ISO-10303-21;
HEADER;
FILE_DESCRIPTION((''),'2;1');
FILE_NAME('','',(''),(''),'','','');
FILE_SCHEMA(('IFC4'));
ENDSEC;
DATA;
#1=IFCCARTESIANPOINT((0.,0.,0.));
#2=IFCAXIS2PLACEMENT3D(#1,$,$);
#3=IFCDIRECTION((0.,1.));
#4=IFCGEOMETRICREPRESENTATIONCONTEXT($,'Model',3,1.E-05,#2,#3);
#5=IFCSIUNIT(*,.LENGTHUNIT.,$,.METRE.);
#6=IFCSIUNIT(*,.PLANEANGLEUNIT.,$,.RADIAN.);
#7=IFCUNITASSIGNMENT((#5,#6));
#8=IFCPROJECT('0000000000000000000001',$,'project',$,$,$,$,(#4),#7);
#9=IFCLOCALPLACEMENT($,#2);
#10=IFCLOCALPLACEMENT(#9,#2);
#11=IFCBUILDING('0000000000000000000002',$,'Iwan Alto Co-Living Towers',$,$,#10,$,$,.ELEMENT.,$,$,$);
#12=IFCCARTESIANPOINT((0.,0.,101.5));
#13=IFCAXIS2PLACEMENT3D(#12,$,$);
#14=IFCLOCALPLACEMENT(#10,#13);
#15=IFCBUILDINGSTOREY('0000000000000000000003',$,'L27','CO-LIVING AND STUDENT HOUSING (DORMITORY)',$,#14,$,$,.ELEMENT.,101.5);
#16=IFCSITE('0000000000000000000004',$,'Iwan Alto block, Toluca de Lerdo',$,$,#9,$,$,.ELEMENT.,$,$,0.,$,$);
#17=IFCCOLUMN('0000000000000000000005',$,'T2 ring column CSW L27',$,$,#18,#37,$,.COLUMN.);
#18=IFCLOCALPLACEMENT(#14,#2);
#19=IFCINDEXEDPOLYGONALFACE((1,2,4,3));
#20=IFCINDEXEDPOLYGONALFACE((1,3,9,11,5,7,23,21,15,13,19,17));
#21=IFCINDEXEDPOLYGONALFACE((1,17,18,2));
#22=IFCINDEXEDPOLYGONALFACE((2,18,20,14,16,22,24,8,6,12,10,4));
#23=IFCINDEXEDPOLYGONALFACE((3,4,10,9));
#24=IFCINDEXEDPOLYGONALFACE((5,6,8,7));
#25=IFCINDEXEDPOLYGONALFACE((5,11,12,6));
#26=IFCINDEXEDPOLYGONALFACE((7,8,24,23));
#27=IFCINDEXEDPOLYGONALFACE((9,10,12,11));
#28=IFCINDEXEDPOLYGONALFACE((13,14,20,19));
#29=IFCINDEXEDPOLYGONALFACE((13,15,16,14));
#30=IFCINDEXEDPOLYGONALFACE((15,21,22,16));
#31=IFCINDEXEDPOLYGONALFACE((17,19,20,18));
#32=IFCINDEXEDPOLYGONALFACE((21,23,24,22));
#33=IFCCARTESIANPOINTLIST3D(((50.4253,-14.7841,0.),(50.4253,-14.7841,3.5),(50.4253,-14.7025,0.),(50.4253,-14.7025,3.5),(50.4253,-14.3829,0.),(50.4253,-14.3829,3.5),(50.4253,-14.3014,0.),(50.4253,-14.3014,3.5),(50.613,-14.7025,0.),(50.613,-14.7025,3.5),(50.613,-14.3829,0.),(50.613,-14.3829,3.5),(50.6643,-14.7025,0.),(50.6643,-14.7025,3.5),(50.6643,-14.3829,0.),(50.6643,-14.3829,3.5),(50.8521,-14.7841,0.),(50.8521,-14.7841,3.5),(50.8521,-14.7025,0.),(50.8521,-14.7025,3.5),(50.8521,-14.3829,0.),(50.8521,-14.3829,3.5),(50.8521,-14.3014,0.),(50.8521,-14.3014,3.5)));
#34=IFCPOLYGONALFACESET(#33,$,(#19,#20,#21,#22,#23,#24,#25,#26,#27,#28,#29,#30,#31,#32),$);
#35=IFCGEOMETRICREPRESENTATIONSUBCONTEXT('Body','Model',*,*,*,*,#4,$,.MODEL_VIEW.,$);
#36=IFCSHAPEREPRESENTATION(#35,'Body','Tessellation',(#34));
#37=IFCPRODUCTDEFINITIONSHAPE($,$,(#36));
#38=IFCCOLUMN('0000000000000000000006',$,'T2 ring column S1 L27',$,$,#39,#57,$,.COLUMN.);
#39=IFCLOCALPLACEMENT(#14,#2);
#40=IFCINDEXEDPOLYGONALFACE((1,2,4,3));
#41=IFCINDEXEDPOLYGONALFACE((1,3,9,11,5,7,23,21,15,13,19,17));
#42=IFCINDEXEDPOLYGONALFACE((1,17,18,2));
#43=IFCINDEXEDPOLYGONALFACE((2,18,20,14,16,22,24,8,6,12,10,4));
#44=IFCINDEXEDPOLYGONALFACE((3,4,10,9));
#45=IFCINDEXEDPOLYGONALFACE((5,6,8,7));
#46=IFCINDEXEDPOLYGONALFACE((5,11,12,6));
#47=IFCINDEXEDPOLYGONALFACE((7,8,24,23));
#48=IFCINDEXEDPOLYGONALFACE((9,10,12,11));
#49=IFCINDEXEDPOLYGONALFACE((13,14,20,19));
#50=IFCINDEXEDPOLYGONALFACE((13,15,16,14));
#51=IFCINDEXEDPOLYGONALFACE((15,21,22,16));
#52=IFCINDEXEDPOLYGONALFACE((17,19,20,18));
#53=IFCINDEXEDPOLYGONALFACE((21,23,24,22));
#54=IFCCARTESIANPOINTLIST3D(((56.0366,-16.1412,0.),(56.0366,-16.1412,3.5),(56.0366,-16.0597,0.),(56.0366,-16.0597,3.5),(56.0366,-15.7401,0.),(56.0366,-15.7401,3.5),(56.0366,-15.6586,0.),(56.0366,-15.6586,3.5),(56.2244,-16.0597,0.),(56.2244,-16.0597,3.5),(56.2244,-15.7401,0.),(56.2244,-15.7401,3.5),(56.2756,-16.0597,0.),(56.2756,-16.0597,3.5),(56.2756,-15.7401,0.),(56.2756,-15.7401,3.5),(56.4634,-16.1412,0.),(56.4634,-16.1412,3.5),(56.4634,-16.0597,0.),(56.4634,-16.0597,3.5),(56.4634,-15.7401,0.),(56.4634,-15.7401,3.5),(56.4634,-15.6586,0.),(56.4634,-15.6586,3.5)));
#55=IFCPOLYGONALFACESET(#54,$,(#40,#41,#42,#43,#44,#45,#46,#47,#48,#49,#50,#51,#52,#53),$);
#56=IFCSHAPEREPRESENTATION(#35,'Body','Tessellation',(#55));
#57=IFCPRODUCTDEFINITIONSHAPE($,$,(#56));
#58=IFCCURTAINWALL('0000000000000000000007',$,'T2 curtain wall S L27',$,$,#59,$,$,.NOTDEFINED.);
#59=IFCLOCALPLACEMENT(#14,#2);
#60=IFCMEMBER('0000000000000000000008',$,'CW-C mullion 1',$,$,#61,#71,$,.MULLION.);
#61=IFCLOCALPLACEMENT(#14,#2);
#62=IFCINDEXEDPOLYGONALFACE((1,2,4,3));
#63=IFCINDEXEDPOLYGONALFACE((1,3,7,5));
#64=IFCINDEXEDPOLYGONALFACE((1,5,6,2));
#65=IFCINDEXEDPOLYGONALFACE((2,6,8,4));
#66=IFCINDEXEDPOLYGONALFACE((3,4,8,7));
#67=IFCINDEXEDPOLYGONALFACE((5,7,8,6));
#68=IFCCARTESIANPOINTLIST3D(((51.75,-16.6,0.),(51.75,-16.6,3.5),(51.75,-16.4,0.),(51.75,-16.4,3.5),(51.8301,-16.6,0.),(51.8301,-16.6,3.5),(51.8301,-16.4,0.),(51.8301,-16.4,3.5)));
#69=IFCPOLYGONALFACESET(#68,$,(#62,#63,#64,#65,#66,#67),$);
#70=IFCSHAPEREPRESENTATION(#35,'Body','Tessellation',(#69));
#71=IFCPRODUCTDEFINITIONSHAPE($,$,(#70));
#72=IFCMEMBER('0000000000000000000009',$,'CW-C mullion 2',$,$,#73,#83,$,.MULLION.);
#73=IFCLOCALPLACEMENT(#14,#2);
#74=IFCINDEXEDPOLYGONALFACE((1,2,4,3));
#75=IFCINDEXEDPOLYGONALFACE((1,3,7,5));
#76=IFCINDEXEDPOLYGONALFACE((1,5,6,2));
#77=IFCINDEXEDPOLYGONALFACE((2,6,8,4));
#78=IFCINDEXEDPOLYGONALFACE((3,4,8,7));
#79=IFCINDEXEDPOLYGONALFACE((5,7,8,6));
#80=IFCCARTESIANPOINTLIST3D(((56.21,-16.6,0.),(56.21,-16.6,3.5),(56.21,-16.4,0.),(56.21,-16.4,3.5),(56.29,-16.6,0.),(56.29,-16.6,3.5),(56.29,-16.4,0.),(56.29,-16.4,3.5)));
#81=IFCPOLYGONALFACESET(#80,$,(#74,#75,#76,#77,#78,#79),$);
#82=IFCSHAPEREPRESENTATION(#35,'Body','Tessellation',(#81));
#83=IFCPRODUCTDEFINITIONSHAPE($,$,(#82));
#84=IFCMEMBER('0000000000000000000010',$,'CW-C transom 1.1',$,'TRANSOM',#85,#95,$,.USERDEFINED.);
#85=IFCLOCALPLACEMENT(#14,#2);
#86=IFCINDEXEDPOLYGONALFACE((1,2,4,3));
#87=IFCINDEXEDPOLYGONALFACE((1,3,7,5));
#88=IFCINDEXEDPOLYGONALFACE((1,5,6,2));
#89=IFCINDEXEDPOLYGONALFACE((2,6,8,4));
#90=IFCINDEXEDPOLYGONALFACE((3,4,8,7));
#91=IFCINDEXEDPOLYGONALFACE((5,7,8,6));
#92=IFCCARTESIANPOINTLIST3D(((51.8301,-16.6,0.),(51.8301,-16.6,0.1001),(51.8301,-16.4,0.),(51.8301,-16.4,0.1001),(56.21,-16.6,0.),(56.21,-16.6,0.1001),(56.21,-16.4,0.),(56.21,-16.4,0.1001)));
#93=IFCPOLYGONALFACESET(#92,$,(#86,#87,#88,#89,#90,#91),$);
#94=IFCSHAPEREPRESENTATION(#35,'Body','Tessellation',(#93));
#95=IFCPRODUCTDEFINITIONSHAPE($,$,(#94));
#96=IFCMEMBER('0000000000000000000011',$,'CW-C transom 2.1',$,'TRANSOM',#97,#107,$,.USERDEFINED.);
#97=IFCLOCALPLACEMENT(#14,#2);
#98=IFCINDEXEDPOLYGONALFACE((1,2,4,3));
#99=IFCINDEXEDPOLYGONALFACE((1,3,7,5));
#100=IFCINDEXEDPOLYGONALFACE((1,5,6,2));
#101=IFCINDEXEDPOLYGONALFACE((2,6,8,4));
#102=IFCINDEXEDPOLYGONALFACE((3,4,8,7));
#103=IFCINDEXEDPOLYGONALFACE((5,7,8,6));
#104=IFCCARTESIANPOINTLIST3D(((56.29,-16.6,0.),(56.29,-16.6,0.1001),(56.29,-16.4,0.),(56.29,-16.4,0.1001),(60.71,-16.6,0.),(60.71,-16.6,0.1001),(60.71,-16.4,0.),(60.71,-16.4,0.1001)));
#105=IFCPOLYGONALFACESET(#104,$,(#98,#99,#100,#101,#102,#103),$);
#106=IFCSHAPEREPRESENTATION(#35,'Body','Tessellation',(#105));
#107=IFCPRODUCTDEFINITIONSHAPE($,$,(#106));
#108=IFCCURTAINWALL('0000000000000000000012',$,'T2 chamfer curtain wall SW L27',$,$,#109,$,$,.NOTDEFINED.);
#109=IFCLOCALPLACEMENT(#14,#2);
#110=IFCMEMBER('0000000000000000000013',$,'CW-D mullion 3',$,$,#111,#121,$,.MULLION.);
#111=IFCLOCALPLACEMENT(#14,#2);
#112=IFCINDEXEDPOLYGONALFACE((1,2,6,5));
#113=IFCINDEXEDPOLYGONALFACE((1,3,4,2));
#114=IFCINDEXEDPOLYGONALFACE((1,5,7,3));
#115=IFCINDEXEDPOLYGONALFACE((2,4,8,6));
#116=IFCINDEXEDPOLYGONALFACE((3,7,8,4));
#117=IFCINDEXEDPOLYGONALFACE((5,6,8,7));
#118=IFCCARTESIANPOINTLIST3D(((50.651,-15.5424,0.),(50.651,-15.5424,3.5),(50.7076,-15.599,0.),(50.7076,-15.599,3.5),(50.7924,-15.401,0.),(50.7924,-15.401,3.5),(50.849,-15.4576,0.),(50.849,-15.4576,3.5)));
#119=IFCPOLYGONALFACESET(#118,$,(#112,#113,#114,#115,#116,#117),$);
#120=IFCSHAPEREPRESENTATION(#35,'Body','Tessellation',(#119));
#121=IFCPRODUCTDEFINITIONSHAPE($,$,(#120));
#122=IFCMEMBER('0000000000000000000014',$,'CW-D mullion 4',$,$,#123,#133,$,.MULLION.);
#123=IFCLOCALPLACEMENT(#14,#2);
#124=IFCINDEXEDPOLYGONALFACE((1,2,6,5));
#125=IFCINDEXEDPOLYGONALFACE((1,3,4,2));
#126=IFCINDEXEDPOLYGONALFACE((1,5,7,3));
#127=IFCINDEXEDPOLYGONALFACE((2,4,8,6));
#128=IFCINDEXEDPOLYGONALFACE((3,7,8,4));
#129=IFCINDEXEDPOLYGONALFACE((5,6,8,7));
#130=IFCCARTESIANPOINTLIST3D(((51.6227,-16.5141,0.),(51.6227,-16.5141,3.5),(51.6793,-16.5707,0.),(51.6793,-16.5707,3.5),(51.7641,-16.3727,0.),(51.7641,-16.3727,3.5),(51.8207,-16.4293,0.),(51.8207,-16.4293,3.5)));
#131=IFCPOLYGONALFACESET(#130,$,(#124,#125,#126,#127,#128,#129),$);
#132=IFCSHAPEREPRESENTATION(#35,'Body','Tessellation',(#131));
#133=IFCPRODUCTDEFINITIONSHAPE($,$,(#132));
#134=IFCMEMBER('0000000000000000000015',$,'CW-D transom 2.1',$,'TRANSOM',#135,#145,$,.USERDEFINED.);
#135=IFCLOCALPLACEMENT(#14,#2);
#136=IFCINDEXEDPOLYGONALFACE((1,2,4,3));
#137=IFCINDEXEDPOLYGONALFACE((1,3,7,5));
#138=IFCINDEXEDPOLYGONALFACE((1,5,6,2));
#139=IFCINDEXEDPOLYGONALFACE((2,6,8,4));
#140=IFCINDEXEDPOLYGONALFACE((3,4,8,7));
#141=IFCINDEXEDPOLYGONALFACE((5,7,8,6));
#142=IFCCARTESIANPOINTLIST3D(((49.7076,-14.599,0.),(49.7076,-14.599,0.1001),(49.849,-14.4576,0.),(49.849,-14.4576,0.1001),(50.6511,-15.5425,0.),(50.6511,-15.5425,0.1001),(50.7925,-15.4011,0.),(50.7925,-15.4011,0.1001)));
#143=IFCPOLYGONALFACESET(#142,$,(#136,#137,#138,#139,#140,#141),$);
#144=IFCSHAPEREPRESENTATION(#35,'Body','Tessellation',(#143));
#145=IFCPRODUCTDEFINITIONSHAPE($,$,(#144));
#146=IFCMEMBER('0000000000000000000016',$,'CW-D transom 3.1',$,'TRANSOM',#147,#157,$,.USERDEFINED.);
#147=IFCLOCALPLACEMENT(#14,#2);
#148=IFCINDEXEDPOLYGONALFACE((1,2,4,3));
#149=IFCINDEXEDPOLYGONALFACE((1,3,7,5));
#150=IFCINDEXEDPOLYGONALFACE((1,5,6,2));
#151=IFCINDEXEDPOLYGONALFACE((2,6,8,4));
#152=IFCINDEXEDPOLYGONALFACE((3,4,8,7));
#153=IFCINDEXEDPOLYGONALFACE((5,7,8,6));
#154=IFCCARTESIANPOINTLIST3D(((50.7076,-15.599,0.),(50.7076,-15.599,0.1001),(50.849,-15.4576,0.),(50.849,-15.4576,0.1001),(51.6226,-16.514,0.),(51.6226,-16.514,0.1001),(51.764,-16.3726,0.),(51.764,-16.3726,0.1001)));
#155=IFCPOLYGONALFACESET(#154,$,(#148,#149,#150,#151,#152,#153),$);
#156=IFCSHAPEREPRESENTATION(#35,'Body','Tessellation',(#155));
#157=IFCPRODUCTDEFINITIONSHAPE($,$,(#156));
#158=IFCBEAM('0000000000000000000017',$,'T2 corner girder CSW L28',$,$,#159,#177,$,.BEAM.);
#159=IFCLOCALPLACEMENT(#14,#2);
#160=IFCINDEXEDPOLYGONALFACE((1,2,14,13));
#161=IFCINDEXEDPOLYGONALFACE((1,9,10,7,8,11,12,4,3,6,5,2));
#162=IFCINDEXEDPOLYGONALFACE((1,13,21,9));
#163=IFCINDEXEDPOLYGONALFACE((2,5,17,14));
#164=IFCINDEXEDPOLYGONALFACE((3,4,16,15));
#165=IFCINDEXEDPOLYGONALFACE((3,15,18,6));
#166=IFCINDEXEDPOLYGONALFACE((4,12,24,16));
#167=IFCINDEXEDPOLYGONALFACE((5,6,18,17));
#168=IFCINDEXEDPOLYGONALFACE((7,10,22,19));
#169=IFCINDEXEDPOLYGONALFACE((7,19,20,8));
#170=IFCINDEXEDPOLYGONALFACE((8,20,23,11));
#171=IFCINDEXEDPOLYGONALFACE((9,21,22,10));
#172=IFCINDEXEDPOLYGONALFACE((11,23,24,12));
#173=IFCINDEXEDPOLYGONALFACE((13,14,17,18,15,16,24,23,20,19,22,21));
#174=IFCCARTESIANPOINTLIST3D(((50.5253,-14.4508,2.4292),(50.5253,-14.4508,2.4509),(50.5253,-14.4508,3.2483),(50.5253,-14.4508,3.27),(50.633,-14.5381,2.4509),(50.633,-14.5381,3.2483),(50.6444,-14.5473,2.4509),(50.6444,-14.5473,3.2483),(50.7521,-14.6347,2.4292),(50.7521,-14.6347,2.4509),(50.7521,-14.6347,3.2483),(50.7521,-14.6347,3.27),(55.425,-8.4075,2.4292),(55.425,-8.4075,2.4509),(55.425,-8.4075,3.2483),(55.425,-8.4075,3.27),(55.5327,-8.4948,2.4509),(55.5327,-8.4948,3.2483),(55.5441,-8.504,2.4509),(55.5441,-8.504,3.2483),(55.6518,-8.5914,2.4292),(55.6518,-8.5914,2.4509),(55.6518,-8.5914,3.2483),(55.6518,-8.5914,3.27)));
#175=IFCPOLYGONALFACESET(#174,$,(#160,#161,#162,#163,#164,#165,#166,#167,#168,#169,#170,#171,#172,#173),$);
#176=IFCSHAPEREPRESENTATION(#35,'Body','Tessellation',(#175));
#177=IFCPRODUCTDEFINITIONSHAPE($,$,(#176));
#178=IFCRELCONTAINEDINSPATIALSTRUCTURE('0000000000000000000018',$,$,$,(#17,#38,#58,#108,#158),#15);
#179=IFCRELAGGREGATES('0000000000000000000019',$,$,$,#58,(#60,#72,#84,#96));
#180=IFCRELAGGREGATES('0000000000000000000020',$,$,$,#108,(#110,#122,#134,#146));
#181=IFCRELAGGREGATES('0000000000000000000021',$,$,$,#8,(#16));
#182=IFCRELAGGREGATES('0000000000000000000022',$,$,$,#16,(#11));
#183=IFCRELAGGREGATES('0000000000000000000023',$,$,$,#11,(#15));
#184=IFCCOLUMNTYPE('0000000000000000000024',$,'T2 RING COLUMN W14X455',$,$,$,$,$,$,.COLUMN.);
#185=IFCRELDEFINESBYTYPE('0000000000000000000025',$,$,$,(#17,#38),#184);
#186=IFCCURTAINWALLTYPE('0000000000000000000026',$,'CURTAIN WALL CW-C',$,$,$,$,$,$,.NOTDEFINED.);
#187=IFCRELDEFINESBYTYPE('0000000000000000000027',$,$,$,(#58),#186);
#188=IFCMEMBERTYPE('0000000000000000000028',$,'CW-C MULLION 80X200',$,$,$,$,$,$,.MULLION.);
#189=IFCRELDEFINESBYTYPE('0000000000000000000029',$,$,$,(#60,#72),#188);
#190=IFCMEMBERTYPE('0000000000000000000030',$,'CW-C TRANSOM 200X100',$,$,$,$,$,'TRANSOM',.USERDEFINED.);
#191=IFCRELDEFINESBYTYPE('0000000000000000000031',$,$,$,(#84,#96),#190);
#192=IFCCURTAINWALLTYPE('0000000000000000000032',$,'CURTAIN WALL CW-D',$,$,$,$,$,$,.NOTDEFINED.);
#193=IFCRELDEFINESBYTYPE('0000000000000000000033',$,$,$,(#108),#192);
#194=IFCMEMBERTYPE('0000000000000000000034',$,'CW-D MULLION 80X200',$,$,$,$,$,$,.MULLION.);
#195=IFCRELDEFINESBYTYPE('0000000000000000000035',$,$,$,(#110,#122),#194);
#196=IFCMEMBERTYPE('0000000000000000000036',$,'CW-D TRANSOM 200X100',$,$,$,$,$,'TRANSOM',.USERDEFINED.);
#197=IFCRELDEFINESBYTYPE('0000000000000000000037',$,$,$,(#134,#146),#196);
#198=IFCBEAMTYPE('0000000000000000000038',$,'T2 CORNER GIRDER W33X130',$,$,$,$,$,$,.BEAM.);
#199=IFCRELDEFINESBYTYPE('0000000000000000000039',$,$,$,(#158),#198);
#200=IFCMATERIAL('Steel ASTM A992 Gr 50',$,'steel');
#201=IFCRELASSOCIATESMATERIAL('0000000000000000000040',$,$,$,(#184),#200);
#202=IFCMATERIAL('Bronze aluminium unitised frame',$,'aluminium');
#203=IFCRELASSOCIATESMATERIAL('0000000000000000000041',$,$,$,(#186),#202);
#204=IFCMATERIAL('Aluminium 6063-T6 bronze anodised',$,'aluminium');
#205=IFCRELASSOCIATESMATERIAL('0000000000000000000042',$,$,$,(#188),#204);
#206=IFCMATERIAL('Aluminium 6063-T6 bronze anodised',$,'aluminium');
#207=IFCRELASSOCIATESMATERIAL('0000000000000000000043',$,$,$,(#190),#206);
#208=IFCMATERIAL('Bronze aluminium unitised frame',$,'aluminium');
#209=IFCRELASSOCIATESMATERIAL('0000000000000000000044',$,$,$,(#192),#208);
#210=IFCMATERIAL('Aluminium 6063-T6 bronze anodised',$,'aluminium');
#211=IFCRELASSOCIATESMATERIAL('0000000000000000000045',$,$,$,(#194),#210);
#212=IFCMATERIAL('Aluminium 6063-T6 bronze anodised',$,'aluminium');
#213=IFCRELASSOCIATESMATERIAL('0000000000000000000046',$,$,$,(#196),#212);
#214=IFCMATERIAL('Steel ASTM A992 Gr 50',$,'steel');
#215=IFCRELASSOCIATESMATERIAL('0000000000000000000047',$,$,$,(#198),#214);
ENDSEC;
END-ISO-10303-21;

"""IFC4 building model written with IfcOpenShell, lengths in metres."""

from ifc_helpers import new_model, si_unit, direction, frame, origin, origin_2d, place, context, subcontext, project, spatial, rectangle, i_section, extrude, material, material_profile, profile_set, type_object, element, aggregate, save


model = new_model("IFC4")

# Units and contexts
model_context = context("Model", 3, precision=1e-05, world=origin(), true_north=direction((0.0, 1.0)))
body_context = subcontext(model_context, "Body", "Model", "MODEL_VIEW")
ifc_project = project(units=[si_unit("LENGTHUNIT", "METRE"), si_unit("PLANEANGLEUNIT", "RADIAN")], contexts=[model_context])

# Site, building, storey
site_placement = place(None, origin())
site = spatial("IfcSite", under=ifc_project, at=site_placement, Name="Iwan Alto block, Toluca de Lerdo", CompositionType="ELEMENT", RefElevation=0.0)
building_placement = place(site_placement, origin())
building = spatial("IfcBuilding", under=site, at=building_placement, Name="Iwan Alto Co-Living Towers", CompositionType="ELEMENT")
storey_placement = place(building_placement, frame((0.0, 0.0, 101.5)))
storey = spatial("IfcBuildingStorey", under=building, at=storey_placement, Name="L27", Description="CO-LIVING AND STUDENT HOUSING (DORMITORY)", CompositionType="ELEMENT", Elevation=101.5)

# Columns
ifc_material_1 = material(Name="Steel ASTM A992 Gr 50", Category="steel")
ifc_material_profile_1 = material_profile(ifc_material_1, i_section(OverallWidth=0.4268, OverallDepth=0.4827, WebThickness=0.0513, FlangeThickness=0.0815, at=origin_2d()), Name="W14X455")
ifc_profile_set_1 = profile_set([ifc_material_profile_1], Name="Steel ASTM A992 Gr 50")
column_type = type_object("IfcColumnType", Name="T2 RING COLUMN W14X455", PredefinedType="COLUMN", material=ifc_profile_set_1)
for number, where, z_axis, x_axis, name in (
    (1, (50.6387, -14.5427, 0.0), (0.0, 0.0, 1.0), (1.0, 0.0, 0.0), "T2 ring column CSW L27"),
    (2, (56.25, -15.8999, 0.0), (0.0, 0.0, 1.0), (1.0, 0.0, 0.0), "T2 ring column S1 L27"),
):
    element("IfcColumn", number, at=place(storey_placement, frame(where, z_axis=z_axis, x_axis=x_axis)), inside=storey, type_object=column_type, Name=name, PredefinedType="COLUMN", context=body_context, shape_type="SweptSolid", body=[
        extrude(i_section(OverallWidth=0.4268, OverallDepth=0.4827, WebThickness=0.0513, FlangeThickness=0.0815, at=origin_2d()), origin(), (0.0, 0.0, 1.0), 3.5),
    ])

# Curtain walls, members
ifc_material_2 = material(Name="Bronze aluminium unitised frame", Category="aluminium")
curtain_wall_type_1 = type_object("IfcCurtainWallType", Name="CURTAIN WALL CW-C", PredefinedType="NOTDEFINED", material=ifc_material_2)
curtain_wall_1_placement = place(storey_placement, origin())
curtain_wall_1 = element("IfcCurtainWall", 3, at=curtain_wall_1_placement, inside=storey, type_object=curtain_wall_type_1, Name="T2 curtain wall S L27", PredefinedType="NOTDEFINED")
ifc_material_3 = material(Name="Aluminium 6063-T6 bronze anodised", Category="aluminium")
ifc_material_profile_2 = material_profile(ifc_material_3, rectangle(XDim=0.2, YDim=0.0801, at=origin_2d()), Name="AL 80X200")
ifc_profile_set_2 = profile_set([ifc_material_profile_2], Name="Aluminium 6063-T6 bronze anodised")
member_type_1 = type_object("IfcMemberType", Name="CW-C MULLION 80X200", PredefinedType="MULLION", material=ifc_profile_set_2)
member_1_placement = place(storey_placement, frame((51.79, -16.5, 0.0), z_axis=(0.0, 0.0, 1.0), x_axis=(0.0, 1.0, 0.0)))
member_1 = element("IfcMember", 4, at=member_1_placement, type_object=member_type_1, Name="CW-C mullion 1", PredefinedType="MULLION", context=body_context, shape_type="SweptSolid", body=[
    extrude(rectangle(XDim=0.2, YDim=0.0801, at=origin_2d()), origin(), (0.0, 0.0, 1.0), 3.5),
])
member_2_placement = place(storey_placement, frame((56.25, -16.5, 0.0), z_axis=(0.0, 0.0, 1.0), x_axis=(0.0, 1.0, 0.0)))
member_2 = element("IfcMember", 5, at=member_2_placement, type_object=member_type_1, Name="CW-C mullion 2", PredefinedType="MULLION", context=body_context, shape_type="SweptSolid", body=[
    extrude(rectangle(XDim=0.2, YDim=0.0801, at=origin_2d()), origin(), (0.0, 0.0, 1.0), 3.5),
])
ifc_material_4 = material(Name="Aluminium 6063-T6 bronze anodised", Category="aluminium")
ifc_material_profile_3 = material_profile(ifc_material_4, rectangle(XDim=0.2, YDim=0.1001, at=origin_2d()), Name="AL 200X100")
ifc_profile_set_3 = profile_set([ifc_material_profile_3], Name="Aluminium 6063-T6 bronze anodised")
member_type_2 = type_object("IfcMemberType", Name="CW-C TRANSOM 200X100", ElementType="TRANSOM", PredefinedType="USERDEFINED", material=ifc_profile_set_3)
member_3_placement = place(storey_placement, frame((51.8301, -16.5, 0.05), z_axis=(1.0, 0.0, 0.0), x_axis=(0.0, 1.0, 0.0)))
member_3 = element("IfcMember", 6, at=member_3_placement, type_object=member_type_2, Name="CW-C transom 1.1", ObjectType="TRANSOM", PredefinedType="USERDEFINED", context=body_context, shape_type="SweptSolid", body=[
    extrude(rectangle(XDim=0.2, YDim=0.1001, at=origin_2d()), origin(), (0.0, 0.0, 1.0), 4.3799),
])
member_4_placement = place(storey_placement, frame((56.29, -16.5, 0.05), z_axis=(1.0, 0.0, 0.0), x_axis=(0.0, 1.0, 0.0)))
member_4 = element("IfcMember", 7, at=member_4_placement, type_object=member_type_2, Name="CW-C transom 2.1", ObjectType="TRANSOM", PredefinedType="USERDEFINED", context=body_context, shape_type="SweptSolid", body=[
    extrude(rectangle(XDim=0.2, YDim=0.1001, at=origin_2d()), origin(), (0.0, 0.0, 1.0), 4.4199),
])
ifc_material_5 = material(Name="Bronze aluminium unitised frame", Category="aluminium")
curtain_wall_type_2 = type_object("IfcCurtainWallType", Name="CURTAIN WALL CW-D", PredefinedType="NOTDEFINED", material=ifc_material_5)
curtain_wall_2_placement = place(storey_placement, origin())
curtain_wall_2 = element("IfcCurtainWall", 8, at=curtain_wall_2_placement, inside=storey, type_object=curtain_wall_type_2, Name="T2 chamfer curtain wall SW L27", PredefinedType="NOTDEFINED")
ifc_material_6 = material(Name="Aluminium 6063-T6 bronze anodised", Category="aluminium")
ifc_material_profile_4 = material_profile(ifc_material_6, rectangle(XDim=0.2, YDim=0.0801, at=origin_2d()), Name="AL 80X200")
ifc_profile_set_4 = profile_set([ifc_material_profile_4], Name="Aluminium 6063-T6 bronze anodised")
member_type_3 = type_object("IfcMemberType", Name="CW-D MULLION 80X200", PredefinedType="MULLION", material=ifc_profile_set_4)
member_5_placement = place(storey_placement, frame((50.75, -15.5, 0.0), z_axis=(0.0, 0.0, 1.0), x_axis=(0.707107, 0.707107, 0.0)))
member_5 = element("IfcMember", 9, at=member_5_placement, type_object=member_type_3, Name="CW-D mullion 3", PredefinedType="MULLION", context=body_context, shape_type="SweptSolid", body=[
    extrude(rectangle(XDim=0.2, YDim=0.0801, at=origin_2d()), origin(), (0.0, 0.0, 1.0), 3.5),
])
member_6_placement = place(storey_placement, frame((51.7217, -16.4717, 0.0), z_axis=(0.0, 0.0, 1.0), x_axis=(0.707107, 0.707107, 0.0)))
member_6 = element("IfcMember", 10, at=member_6_placement, type_object=member_type_3, Name="CW-D mullion 4", PredefinedType="MULLION", context=body_context, shape_type="SweptSolid", body=[
    extrude(rectangle(XDim=0.2, YDim=0.0801, at=origin_2d()), origin(), (0.0, 0.0, 1.0), 3.5),
])
ifc_material_7 = material(Name="Aluminium 6063-T6 bronze anodised", Category="aluminium")
ifc_material_profile_5 = material_profile(ifc_material_7, rectangle(XDim=0.2, YDim=0.1001, at=origin_2d()), Name="AL 200X100")
ifc_profile_set_5 = profile_set([ifc_material_profile_5], Name="Aluminium 6063-T6 bronze anodised")
member_type_4 = type_object("IfcMemberType", Name="CW-D TRANSOM 200X100", ElementType="TRANSOM", PredefinedType="USERDEFINED", material=ifc_profile_set_5)
member_7_placement = place(storey_placement, frame((49.7783, -14.5283, 0.05), z_axis=(0.707107, -0.707107, 0.0), x_axis=(0.707107, 0.707107, 0.0)))
member_7 = element("IfcMember", 11, at=member_7_placement, type_object=member_type_4, Name="CW-D transom 2.1", ObjectType="TRANSOM", PredefinedType="USERDEFINED", context=body_context, shape_type="SweptSolid", body=[
    extrude(rectangle(XDim=0.2, YDim=0.1001, at=origin_2d()), origin(), (0.0, 0.0, 1.0), 1.3342),
])
member_8_placement = place(storey_placement, frame((50.7783, -15.5283, 0.05), z_axis=(0.707107, -0.707107, 0.0), x_axis=(0.707107, 0.707107, 0.0)))
member_8 = element("IfcMember", 12, at=member_8_placement, type_object=member_type_4, Name="CW-D transom 3.1", ObjectType="TRANSOM", PredefinedType="USERDEFINED", context=body_context, shape_type="SweptSolid", body=[
    extrude(rectangle(XDim=0.2, YDim=0.1001, at=origin_2d()), origin(), (0.0, 0.0, 1.0), 1.2939),
])

# Beam
ifc_material_8 = material(Name="Steel ASTM A992 Gr 50", Category="steel")
ifc_material_profile_6 = material_profile(ifc_material_8, i_section(OverallWidth=0.292, OverallDepth=0.8408, WebThickness=0.0146, FlangeThickness=0.0217, at=origin_2d()), Name="W33X130")
ifc_profile_set_6 = profile_set([ifc_material_profile_6], Name="Steel ASTM A992 Gr 50")
beam_type_1 = type_object("IfcBeamType", Name="T2 CORNER GIRDER W33X130", PredefinedType="BEAM", material=ifc_profile_set_6)
beam_1_placement = place(storey_placement, frame((50.6387, -14.5427, 2.8496), z_axis=(0.629783, 0.776771, 0.0), x_axis=(-0.776771, 0.629783, 0.0)))
element("IfcBeam", 13, at=beam_1_placement, inside=storey, type_object=beam_type_1, Name="T2 corner girder CSW L28", PredefinedType="BEAM", context=body_context, shape_type="SweptSolid", body=[
    extrude(i_section(OverallWidth=0.292, OverallDepth=0.8408, WebThickness=0.0146, FlangeThickness=0.0217, at=origin_2d()), origin(), (0.0, 0.0, 1.0), 7.78),
])

aggregate(curtain_wall_1, [member_1, member_2, member_3, member_4])
aggregate(curtain_wall_2, [member_5, member_6, member_7, member_8])

save(model, "model.ifc")
